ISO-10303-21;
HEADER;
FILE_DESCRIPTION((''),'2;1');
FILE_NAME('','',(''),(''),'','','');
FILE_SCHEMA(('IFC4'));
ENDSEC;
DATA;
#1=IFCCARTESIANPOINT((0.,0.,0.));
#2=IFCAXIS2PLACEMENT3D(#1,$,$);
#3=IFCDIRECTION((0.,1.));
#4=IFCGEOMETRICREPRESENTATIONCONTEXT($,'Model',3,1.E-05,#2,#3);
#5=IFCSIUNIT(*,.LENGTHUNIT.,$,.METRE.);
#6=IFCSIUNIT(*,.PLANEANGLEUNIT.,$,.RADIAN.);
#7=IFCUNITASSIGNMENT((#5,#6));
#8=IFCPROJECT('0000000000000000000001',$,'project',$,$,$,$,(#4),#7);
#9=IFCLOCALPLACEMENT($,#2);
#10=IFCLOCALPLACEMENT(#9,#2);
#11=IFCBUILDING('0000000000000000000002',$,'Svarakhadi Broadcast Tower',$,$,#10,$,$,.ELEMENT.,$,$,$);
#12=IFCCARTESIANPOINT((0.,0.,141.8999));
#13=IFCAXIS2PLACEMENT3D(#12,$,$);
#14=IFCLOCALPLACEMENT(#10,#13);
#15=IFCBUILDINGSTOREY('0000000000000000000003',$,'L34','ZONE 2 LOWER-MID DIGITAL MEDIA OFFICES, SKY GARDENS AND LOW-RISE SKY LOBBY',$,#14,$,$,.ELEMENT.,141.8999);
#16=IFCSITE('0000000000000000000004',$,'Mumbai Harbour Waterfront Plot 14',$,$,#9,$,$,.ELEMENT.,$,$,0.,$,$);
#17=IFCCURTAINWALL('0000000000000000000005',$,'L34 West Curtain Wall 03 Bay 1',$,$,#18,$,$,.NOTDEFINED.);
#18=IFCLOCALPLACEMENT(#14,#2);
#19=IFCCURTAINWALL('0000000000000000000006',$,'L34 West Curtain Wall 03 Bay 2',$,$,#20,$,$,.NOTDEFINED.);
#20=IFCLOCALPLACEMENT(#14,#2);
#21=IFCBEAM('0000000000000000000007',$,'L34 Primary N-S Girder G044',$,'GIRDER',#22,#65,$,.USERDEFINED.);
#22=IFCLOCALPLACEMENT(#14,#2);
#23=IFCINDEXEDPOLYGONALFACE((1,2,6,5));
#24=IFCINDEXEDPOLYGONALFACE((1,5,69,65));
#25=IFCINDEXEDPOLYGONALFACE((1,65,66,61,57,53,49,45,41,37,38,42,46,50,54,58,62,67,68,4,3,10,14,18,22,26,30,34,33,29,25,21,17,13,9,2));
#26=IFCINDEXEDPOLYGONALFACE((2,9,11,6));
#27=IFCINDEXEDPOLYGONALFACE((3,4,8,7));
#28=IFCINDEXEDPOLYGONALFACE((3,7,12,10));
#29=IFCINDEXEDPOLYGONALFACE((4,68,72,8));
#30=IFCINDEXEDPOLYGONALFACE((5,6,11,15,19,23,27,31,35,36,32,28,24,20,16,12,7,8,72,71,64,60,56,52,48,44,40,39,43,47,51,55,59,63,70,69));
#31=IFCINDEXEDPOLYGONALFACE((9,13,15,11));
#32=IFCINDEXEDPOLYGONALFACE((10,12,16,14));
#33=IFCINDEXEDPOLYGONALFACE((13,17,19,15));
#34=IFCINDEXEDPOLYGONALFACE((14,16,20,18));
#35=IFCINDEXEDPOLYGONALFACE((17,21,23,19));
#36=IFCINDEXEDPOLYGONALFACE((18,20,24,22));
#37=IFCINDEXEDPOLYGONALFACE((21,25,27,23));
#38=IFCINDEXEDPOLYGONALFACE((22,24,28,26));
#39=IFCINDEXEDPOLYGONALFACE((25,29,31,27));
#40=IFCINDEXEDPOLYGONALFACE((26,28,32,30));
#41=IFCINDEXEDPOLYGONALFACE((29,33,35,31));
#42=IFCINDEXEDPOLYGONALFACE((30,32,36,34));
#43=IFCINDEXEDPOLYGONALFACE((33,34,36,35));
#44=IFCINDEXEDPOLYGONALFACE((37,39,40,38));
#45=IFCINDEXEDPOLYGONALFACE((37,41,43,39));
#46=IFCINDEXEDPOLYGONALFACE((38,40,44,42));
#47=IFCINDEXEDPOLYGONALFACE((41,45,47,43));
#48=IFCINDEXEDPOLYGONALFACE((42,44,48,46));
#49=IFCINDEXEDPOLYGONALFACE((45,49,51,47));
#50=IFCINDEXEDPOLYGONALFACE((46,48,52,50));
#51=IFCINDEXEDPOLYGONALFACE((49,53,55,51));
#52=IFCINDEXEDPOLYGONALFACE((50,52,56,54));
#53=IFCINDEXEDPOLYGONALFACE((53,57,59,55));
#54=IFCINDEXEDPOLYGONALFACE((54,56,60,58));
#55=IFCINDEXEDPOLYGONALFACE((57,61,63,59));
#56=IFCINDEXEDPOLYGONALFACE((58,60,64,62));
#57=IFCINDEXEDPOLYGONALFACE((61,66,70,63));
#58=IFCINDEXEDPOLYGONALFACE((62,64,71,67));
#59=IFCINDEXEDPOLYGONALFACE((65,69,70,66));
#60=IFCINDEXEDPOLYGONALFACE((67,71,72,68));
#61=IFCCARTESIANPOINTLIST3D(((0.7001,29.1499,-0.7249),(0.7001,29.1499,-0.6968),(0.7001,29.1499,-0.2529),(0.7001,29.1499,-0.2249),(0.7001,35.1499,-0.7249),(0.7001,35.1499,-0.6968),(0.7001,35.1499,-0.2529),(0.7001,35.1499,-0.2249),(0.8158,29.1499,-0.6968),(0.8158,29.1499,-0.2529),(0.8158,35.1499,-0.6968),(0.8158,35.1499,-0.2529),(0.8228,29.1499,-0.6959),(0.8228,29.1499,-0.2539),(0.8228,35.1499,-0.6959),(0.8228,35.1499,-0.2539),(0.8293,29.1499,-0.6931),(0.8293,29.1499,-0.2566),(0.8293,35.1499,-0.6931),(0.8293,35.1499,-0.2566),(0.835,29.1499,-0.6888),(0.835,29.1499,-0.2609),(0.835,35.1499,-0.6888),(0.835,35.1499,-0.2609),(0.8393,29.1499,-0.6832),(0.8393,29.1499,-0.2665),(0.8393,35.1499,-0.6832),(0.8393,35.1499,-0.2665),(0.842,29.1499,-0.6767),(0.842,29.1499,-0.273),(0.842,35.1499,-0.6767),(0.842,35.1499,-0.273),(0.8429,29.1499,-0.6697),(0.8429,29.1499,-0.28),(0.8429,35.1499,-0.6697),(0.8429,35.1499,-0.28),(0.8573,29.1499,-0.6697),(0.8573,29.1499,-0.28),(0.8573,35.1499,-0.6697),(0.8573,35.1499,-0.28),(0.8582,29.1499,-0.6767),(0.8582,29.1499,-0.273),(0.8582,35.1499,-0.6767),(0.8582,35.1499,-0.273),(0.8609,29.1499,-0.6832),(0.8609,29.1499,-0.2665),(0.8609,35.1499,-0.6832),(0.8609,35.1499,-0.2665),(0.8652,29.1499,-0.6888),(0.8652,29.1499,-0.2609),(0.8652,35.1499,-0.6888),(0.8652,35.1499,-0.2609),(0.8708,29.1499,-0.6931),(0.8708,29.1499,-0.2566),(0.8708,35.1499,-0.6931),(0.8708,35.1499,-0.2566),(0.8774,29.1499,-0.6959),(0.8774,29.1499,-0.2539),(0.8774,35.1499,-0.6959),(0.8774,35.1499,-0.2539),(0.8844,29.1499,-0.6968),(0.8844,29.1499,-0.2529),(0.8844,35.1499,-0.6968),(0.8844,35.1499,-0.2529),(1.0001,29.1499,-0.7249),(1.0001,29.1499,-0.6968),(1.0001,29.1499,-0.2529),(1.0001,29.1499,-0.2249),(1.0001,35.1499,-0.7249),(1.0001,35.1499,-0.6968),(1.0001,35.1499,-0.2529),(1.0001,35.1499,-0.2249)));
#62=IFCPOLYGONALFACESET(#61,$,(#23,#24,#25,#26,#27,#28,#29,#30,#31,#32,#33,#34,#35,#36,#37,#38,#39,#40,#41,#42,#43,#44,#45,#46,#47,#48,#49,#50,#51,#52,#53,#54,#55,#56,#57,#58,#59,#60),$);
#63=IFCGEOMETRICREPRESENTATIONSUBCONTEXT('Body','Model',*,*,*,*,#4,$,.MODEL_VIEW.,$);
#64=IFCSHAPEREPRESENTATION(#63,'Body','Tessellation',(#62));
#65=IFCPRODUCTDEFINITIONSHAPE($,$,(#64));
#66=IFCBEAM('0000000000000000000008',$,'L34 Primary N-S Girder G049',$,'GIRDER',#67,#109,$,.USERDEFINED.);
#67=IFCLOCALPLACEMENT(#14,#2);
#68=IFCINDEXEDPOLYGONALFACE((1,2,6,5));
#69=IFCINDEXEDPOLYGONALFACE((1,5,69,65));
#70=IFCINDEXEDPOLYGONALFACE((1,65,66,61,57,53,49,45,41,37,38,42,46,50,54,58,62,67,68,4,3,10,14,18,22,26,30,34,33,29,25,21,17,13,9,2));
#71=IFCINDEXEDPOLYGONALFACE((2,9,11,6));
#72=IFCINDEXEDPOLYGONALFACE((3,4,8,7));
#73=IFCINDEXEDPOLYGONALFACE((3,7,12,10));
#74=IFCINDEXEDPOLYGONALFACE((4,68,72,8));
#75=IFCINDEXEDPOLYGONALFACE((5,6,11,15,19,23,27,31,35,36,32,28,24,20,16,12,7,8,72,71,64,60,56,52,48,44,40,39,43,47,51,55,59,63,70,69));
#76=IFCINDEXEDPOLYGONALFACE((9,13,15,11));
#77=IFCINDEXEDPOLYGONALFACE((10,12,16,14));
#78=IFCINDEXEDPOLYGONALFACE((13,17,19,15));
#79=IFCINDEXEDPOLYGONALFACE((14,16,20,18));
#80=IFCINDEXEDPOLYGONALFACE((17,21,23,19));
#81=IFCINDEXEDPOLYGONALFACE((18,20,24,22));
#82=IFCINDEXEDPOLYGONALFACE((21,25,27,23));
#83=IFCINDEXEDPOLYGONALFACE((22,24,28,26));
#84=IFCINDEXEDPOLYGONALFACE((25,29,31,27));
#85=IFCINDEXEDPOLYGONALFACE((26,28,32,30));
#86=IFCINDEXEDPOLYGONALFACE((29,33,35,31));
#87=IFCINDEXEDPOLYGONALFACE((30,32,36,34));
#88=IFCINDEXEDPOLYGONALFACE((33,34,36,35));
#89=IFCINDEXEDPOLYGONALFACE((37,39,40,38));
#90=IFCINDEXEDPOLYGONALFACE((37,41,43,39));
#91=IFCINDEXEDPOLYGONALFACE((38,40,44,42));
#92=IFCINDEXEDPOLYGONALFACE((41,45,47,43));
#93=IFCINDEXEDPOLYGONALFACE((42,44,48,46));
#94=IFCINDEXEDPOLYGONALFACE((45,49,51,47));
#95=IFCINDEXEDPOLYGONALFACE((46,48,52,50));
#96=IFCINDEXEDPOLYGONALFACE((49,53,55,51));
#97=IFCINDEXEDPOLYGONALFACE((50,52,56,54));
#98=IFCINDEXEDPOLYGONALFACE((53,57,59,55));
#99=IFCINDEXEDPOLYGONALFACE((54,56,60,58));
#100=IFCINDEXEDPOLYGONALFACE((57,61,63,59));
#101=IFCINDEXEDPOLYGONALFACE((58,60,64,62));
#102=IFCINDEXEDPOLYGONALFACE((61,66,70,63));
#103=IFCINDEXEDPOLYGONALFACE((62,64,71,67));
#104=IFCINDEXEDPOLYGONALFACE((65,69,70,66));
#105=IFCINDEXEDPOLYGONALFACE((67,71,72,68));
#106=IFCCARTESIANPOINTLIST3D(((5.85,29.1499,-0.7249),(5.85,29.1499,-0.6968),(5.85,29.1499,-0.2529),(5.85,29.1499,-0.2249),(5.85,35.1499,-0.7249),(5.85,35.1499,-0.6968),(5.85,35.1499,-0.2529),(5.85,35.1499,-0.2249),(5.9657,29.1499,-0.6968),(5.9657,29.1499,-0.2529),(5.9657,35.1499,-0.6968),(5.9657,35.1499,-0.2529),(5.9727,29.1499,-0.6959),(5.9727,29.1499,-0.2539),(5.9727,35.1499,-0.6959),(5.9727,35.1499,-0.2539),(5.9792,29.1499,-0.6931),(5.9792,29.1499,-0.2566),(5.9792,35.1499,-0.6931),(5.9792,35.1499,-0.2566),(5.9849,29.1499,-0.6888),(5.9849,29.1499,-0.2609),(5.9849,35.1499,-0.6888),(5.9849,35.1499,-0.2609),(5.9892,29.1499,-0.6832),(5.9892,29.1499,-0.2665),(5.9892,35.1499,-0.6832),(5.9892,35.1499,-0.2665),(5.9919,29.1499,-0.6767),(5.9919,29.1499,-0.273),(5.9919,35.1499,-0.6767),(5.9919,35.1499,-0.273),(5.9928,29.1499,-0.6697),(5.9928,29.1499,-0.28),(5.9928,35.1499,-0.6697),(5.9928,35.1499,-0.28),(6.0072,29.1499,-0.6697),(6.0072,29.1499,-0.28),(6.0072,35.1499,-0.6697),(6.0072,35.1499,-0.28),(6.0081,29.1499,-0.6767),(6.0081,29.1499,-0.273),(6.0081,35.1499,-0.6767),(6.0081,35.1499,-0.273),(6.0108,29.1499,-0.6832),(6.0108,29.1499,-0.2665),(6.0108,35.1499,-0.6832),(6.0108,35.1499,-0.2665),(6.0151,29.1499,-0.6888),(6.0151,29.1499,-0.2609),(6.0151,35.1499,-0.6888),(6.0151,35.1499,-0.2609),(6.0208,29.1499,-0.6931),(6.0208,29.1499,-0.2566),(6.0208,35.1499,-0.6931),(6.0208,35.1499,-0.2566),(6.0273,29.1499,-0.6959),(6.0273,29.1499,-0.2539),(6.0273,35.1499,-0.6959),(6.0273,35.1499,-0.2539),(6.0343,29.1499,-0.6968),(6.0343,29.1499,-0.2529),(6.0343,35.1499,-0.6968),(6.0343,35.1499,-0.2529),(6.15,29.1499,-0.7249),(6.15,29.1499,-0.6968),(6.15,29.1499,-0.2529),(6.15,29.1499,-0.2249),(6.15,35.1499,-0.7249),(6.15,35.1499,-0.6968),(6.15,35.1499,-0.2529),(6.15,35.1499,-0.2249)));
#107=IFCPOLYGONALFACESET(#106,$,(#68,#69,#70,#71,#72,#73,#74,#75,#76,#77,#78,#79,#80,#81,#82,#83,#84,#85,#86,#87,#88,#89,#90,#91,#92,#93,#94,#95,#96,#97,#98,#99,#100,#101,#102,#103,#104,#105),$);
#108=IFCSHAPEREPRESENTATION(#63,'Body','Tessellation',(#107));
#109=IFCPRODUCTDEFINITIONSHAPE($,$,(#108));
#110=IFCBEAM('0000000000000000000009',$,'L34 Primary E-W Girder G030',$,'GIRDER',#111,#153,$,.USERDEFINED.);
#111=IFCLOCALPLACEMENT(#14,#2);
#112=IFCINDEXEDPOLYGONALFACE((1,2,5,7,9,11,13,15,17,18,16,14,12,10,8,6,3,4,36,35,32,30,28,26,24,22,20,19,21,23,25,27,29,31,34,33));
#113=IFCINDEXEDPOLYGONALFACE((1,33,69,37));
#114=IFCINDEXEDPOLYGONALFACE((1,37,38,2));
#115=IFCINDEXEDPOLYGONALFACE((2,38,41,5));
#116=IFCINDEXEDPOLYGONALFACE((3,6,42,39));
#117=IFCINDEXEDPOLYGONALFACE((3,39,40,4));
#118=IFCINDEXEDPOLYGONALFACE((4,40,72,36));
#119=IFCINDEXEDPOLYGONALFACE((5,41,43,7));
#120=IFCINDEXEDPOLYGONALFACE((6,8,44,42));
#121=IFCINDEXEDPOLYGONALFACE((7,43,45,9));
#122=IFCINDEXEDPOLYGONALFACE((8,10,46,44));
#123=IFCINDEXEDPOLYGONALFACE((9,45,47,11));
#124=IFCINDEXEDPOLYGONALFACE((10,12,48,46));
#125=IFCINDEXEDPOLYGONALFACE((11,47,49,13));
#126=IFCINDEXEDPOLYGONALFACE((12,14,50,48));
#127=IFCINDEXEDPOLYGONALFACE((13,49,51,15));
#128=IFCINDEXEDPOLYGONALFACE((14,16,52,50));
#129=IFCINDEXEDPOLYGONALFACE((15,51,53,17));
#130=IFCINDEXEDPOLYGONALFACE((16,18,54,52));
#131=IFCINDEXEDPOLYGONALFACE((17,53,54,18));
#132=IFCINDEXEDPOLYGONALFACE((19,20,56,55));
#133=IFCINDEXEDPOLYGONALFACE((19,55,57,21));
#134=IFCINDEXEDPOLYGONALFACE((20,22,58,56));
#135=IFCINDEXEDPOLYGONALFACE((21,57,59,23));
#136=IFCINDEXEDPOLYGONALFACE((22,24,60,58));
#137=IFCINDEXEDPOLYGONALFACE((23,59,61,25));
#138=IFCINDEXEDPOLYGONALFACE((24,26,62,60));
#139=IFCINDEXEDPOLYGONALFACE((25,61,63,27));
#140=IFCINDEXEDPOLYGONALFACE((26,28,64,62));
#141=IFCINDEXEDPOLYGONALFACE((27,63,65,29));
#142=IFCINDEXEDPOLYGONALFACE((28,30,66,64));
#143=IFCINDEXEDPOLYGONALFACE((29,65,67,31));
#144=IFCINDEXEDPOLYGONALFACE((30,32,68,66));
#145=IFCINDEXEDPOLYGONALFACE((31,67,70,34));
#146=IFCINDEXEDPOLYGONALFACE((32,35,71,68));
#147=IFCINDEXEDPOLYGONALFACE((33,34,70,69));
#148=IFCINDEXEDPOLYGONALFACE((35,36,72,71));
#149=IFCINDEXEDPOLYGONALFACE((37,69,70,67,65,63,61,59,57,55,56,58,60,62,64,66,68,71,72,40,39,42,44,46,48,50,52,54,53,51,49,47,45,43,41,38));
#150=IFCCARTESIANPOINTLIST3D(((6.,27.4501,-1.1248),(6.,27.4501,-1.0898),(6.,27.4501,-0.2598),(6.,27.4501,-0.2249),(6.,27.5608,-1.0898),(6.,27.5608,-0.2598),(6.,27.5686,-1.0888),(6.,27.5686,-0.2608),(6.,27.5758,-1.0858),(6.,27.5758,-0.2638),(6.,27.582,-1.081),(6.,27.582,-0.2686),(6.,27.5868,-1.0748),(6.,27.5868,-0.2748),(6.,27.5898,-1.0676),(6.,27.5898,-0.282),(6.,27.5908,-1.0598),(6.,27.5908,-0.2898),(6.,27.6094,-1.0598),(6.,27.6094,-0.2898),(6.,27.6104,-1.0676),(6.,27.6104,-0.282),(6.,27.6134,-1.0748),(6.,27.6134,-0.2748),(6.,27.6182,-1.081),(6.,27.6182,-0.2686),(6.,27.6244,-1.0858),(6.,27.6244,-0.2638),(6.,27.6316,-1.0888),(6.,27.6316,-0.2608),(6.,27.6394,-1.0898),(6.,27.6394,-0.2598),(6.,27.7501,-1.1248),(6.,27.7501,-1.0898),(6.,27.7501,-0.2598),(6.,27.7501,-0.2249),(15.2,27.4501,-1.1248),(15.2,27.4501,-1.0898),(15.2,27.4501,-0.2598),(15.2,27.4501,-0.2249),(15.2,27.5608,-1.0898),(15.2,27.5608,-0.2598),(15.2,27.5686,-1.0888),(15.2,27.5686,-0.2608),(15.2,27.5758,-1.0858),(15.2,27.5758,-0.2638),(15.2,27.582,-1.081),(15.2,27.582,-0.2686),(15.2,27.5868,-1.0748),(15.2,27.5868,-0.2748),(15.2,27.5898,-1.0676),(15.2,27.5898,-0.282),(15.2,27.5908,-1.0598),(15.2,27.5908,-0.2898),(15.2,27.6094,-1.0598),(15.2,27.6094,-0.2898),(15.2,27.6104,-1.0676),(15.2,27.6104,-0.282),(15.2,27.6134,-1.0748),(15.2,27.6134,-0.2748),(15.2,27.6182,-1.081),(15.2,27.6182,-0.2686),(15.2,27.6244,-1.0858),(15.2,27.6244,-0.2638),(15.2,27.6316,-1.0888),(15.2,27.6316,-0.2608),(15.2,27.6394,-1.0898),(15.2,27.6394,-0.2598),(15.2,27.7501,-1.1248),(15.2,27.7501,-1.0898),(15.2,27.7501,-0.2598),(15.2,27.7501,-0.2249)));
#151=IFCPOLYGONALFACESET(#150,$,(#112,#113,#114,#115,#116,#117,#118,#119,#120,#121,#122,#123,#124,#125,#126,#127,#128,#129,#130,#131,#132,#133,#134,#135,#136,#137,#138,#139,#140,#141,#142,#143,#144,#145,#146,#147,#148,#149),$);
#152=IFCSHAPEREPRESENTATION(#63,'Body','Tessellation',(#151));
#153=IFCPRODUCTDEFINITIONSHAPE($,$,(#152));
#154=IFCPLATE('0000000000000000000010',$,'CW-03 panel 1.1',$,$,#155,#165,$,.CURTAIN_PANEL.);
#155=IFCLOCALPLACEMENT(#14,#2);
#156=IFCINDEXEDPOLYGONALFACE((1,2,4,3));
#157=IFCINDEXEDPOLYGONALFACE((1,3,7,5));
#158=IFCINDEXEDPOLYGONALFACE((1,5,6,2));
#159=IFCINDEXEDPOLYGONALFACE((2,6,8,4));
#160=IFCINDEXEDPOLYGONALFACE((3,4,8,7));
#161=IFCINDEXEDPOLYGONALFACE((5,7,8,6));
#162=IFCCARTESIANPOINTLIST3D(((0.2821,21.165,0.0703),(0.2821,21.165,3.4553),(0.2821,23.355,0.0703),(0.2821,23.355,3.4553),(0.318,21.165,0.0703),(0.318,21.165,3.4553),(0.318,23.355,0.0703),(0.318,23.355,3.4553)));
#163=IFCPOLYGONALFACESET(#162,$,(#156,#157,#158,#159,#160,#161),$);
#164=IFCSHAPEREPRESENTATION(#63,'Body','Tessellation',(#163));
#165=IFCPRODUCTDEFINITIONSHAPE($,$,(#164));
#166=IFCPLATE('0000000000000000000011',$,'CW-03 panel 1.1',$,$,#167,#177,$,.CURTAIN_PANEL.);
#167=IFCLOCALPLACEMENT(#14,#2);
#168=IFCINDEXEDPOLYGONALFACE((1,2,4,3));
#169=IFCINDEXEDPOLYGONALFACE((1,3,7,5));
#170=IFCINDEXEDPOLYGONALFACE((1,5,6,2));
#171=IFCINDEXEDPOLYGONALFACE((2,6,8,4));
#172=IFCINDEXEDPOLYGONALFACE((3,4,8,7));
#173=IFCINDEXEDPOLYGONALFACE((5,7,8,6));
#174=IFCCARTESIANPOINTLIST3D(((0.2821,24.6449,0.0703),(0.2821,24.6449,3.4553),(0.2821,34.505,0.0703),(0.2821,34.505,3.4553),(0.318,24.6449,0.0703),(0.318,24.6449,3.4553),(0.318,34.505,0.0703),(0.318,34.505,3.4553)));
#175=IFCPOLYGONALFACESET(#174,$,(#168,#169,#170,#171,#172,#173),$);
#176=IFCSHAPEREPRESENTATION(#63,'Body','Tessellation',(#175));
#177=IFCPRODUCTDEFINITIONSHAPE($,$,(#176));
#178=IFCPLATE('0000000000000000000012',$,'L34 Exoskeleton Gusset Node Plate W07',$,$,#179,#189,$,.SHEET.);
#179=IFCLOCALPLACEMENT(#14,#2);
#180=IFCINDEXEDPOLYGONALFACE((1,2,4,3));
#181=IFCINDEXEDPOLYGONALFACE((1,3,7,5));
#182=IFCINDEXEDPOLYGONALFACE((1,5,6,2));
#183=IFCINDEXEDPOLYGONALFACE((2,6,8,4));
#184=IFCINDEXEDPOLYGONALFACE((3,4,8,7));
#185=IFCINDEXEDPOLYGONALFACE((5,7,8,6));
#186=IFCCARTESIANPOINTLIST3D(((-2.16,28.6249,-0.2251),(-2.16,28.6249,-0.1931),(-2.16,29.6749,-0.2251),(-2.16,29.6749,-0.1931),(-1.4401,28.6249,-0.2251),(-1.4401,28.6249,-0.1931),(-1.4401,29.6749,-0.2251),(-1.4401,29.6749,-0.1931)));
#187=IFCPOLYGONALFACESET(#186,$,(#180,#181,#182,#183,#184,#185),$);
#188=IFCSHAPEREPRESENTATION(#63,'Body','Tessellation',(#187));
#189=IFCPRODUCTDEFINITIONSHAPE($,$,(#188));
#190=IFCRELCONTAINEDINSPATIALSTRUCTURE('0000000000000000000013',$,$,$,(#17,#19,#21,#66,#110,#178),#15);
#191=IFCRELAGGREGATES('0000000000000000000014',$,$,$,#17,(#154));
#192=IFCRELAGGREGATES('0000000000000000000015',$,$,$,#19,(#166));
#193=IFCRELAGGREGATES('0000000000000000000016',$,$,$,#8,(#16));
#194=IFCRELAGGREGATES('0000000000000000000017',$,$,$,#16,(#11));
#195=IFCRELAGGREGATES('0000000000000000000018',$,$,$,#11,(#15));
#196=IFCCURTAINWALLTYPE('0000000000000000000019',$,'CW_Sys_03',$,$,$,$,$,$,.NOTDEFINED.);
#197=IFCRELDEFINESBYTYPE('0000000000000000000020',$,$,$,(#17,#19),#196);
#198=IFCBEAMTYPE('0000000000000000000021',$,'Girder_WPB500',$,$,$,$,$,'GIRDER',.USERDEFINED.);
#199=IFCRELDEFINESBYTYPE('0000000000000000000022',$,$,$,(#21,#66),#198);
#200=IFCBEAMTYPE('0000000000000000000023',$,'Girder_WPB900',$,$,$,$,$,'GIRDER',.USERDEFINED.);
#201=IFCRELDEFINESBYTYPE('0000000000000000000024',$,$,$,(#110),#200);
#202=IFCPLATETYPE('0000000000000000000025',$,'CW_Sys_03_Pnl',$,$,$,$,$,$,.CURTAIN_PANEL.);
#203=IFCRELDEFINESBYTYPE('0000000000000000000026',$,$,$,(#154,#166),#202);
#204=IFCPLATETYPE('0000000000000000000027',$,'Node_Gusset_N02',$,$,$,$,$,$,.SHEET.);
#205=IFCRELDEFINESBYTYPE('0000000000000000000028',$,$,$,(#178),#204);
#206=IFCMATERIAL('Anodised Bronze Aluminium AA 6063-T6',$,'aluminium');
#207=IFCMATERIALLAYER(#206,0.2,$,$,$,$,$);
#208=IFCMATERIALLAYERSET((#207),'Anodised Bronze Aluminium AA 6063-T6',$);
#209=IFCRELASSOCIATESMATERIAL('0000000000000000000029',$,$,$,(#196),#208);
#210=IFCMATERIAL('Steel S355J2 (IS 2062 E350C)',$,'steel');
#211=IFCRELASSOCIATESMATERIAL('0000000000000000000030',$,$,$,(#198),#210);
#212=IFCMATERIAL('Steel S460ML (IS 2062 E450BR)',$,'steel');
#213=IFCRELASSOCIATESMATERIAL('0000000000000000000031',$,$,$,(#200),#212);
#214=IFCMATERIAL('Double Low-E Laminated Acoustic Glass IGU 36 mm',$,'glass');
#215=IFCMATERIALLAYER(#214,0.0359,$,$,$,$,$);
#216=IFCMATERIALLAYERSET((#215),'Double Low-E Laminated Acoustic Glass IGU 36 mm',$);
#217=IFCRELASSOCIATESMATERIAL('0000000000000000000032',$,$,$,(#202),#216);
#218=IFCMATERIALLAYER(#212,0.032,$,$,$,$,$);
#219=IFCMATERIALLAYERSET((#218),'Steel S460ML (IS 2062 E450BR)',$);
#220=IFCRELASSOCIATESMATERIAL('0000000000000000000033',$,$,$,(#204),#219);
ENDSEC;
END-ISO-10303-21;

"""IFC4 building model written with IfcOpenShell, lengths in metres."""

from ifc_helpers import new_model, si_unit, direction, frame, origin, origin_2d, place, context, subcontext, project, spatial, rectangle, i_section, extrude, material, layer, layer_set, material_profile, profile_set, type_object, element, aggregate, save


model = new_model("IFC4")

# Units and contexts
model_context = context("Model", 3, precision=1e-05, world=origin(), true_north=direction((0.0, 1.0)))
body_context = subcontext(model_context, "Body", "Model", "MODEL_VIEW")
ifc_project = project(units=[si_unit("LENGTHUNIT", "METRE"), si_unit("PLANEANGLEUNIT", "RADIAN")], contexts=[model_context])

# Site, building, storey
site_placement = place(None, origin())
site = spatial("IfcSite", under=ifc_project, at=site_placement, Name="Mumbai Harbour Waterfront Plot 14", CompositionType="ELEMENT", RefElevation=0.0)
building_placement = place(site_placement, origin())
building = spatial("IfcBuilding", under=site, at=building_placement, Name="Svarakhadi Broadcast Tower", CompositionType="ELEMENT")
storey_placement = place(building_placement, frame((0.0, 0.0, 141.8999)))
storey = spatial("IfcBuildingStorey", under=building, at=storey_placement, Name="L34", Description="ZONE 2 LOWER-MID DIGITAL MEDIA OFFICES, SKY GARDENS AND LOW-RISE SKY LOBBY", CompositionType="ELEMENT", Elevation=141.8999)

# Shared definitions
ifc_material_1 = material(Name="Steel S460ML (IS 2062 E450BR)", Category="steel")

# Shared definitions
ifc_material_2 = material(Name="Steel S355J2 (IS 2062 E350C)", Category="steel")

# Curtain wall
ifc_material_3 = material(Name="Anodised Bronze Aluminium AA 6063-T6", Category="aluminium")
ifc_layer_1 = layer(ifc_material_3, 0.2)
ifc_layer_set_1 = layer_set([ifc_layer_1], Name="Anodised Bronze Aluminium AA 6063-T6")
curtain_wall_type = type_object("IfcCurtainWallType", Name="CW_Sys_03", PredefinedType="NOTDEFINED", material=ifc_layer_set_1)
curtain_wall_1_placement = place(storey_placement, origin())
curtain_wall_1 = element("IfcCurtainWall", 1, at=curtain_wall_1_placement, inside=storey, type_object=curtain_wall_type, Name="L34 West Curtain Wall 03 Bay 1", PredefinedType="NOTDEFINED")

# Curtain wall
curtain_wall_2_placement = place(storey_placement, origin())
curtain_wall_2 = element("IfcCurtainWall", 2, at=curtain_wall_2_placement, inside=storey, type_object=curtain_wall_type, Name="L34 West Curtain Wall 03 Bay 2", PredefinedType="NOTDEFINED")

# Beams
ifc_material_profile_1 = material_profile(ifc_material_2, i_section(OverallWidth=0.3, OverallDepth=0.5, WebThickness=0.0144, FlangeThickness=0.0281, FilletRadius=0.0271, at=origin_2d()), Name="WPB 500x300x187")
ifc_profile_set_1 = profile_set([ifc_material_profile_1], Name="Steel S355J2 (IS 2062 E350C)")
beam_type_1 = type_object("IfcBeamType", Name="Girder_WPB500", ElementType="GIRDER", PredefinedType="USERDEFINED", material=ifc_profile_set_1)
for number, where, z_axis, x_axis, name in (
    (3, (0.8501, 29.1499, -0.4749), (0.0, 1.0, 0.0), (-1.0, 0.0, 0.0), "L34 Primary N-S Girder G044"),
    (4, (6.0, 29.1499, -0.4749), (0.0, 1.0, 0.0), (-1.0, 0.0, 0.0), "L34 Primary N-S Girder G049"),
):
    element("IfcBeam", number, at=place(storey_placement, frame(where, z_axis=z_axis, x_axis=x_axis)), inside=storey, type_object=beam_type_1, Name=name, ObjectType="GIRDER", PredefinedType="USERDEFINED", context=body_context, shape_type="SweptSolid", body=[
        extrude(i_section(OverallWidth=0.3, OverallDepth=0.5, WebThickness=0.0144, FlangeThickness=0.0281, FilletRadius=0.0271, at=origin_2d()), origin(), (0.0, 0.0, 1.0), 6.0),
    ])
ifc_material_profile_2 = material_profile(ifc_material_1, i_section(OverallWidth=0.3, OverallDepth=0.8999, WebThickness=0.0186, FlangeThickness=0.0349, FilletRadius=0.03, at=origin_2d()), Name="WPB 900x300x291")
ifc_profile_set_2 = profile_set([ifc_material_profile_2], Name="Steel S460ML (IS 2062 E450BR)")
beam_type_2 = type_object("IfcBeamType", Name="Girder_WPB900", ElementType="GIRDER", PredefinedType="USERDEFINED", material=ifc_profile_set_2)
beam_1_placement = place(storey_placement, frame((6.0, 27.6001, -0.6748), z_axis=(1.0, 0.0, 0.0), x_axis=(0.0, 1.0, 0.0)))
element("IfcBeam", 5, at=beam_1_placement, inside=storey, type_object=beam_type_2, Name="L34 Primary E-W Girder G030", ObjectType="GIRDER", PredefinedType="USERDEFINED", context=body_context, shape_type="SweptSolid", body=[
    extrude(i_section(OverallWidth=0.3, OverallDepth=0.8999, WebThickness=0.0186, FlangeThickness=0.0349, FilletRadius=0.03, at=origin_2d()), origin(), (0.0, 0.0, 1.0), 9.2),
])

# Plates
ifc_material_4 = material(Name="Double Low-E Laminated Acoustic Glass IGU 36 mm", Category="glass")
ifc_layer_2 = layer(ifc_material_4, 0.0359)
ifc_layer_set_2 = layer_set([ifc_layer_2], Name="Double Low-E Laminated Acoustic Glass IGU 36 mm")
plate_type_1 = type_object("IfcPlateType", Name="CW_Sys_03_Pnl", PredefinedType="CURTAIN_PANEL", material=ifc_layer_set_2)
plate_1_placement = place(storey_placement, frame((0.3, 22.26, 0.0703), z_axis=(0.0, 0.0, 1.0), x_axis=(0.0, 1.0, 0.0)))
plate_1 = element("IfcPlate", 6, at=plate_1_placement, type_object=plate_type_1, Name="CW-03 panel 1.1", PredefinedType="CURTAIN_PANEL", context=body_context, shape_type="SweptSolid", body=[
    extrude(rectangle(XDim=2.1899, YDim=0.0359, at=origin_2d()), origin(), (0.0, 0.0, 1.0), 3.385),
])
aggregate(curtain_wall_1, [plate_1])
plate_2_placement = place(storey_placement, frame((0.3, 29.575, 0.0703), z_axis=(0.0, 0.0, 1.0), x_axis=(0.0, 1.0, 0.0)))
plate_2 = element("IfcPlate", 7, at=plate_2_placement, type_object=plate_type_1, Name="CW-03 panel 1.1", PredefinedType="CURTAIN_PANEL", context=body_context, shape_type="SweptSolid", body=[
    extrude(rectangle(XDim=9.8601, YDim=0.0359, at=origin_2d()), origin(), (0.0, 0.0, 1.0), 3.385),
])
aggregate(curtain_wall_2, [plate_2])

# Plate
ifc_layer_3 = layer(ifc_material_1, 0.032)
ifc_layer_set_3 = layer_set([ifc_layer_3], Name="Steel S460ML (IS 2062 E450BR)")
plate_type_2 = type_object("IfcPlateType", Name="Node_Gusset_N02", PredefinedType="SHEET", material=ifc_layer_set_3)
plate_3_placement = place(storey_placement, frame((-1.8, 29.1499, -0.2251), z_axis=(0.0, 0.0, 1.0), x_axis=(0.0, 1.0, 0.0)))
element("IfcPlate", 8, at=plate_3_placement, inside=storey, type_object=plate_type_2, Name="L34 Exoskeleton Gusset Node Plate W07", PredefinedType="SHEET", context=body_context, shape_type="SweptSolid", body=[
    extrude(rectangle(XDim=1.05, YDim=0.72, at=origin_2d()), origin(), (0.0, 0.0, 1.0), 0.032),
])

save(model, "model.ifc")
